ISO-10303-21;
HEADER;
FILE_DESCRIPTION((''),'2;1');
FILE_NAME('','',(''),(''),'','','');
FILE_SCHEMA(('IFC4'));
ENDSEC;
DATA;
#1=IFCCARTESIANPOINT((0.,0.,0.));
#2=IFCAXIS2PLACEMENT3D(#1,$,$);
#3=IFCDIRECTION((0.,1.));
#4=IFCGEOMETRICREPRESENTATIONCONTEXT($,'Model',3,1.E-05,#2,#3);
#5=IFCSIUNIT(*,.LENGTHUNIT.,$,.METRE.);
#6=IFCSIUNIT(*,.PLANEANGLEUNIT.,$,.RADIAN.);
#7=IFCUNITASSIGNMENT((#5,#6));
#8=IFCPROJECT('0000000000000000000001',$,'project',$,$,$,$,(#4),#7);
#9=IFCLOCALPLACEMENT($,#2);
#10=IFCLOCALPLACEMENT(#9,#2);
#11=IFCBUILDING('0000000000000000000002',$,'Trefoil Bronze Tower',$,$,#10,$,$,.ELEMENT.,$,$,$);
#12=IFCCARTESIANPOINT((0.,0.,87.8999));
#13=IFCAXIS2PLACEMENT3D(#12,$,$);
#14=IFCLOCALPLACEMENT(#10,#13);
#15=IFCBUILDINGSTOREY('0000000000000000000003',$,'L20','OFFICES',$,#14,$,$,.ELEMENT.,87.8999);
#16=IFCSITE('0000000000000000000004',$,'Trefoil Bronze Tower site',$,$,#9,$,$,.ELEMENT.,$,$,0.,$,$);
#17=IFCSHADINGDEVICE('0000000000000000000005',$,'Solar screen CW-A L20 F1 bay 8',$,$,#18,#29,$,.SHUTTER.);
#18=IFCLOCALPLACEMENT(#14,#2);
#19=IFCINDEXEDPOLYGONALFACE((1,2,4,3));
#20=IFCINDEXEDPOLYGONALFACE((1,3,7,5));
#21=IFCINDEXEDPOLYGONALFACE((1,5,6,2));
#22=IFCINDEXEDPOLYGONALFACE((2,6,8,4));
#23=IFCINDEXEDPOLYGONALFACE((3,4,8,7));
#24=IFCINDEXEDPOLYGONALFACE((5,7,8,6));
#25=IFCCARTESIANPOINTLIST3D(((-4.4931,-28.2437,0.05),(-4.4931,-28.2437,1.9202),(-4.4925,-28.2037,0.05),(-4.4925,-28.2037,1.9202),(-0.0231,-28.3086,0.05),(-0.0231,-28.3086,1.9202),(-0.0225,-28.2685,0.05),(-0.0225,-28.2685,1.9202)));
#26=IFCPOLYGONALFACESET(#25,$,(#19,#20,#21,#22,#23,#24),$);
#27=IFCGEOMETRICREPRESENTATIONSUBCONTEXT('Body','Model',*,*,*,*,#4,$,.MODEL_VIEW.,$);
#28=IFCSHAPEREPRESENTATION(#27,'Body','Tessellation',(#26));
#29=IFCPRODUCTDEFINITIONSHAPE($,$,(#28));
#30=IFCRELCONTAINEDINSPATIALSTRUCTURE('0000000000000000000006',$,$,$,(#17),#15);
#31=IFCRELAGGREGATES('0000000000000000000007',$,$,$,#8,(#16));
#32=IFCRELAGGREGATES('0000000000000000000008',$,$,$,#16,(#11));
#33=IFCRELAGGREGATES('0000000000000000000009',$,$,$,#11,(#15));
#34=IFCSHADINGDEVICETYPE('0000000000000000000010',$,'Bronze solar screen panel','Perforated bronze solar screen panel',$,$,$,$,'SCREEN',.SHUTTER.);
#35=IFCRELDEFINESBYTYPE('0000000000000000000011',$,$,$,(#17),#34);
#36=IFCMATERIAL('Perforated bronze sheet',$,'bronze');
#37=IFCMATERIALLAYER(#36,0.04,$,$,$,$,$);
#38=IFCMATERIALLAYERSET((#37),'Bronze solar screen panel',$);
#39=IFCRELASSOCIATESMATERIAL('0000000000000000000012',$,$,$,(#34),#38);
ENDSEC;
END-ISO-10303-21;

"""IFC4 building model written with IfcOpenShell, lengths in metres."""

from ifc_helpers import new_model, si_unit, direction, frame, origin, origin_2d, place, context, subcontext, project, spatial, rectangle, extrude, material, layer, layer_set, type_object, element, save


model = new_model("IFC4")

# Units and contexts
model_context = context("Model", 3, precision=1e-05, world=origin(), true_north=direction((0.0, 1.0)))
body_context = subcontext(model_context, "Body", "Model", "MODEL_VIEW")
ifc_project = project(units=[si_unit("LENGTHUNIT", "METRE"), si_unit("PLANEANGLEUNIT", "RADIAN")], contexts=[model_context])

# Site, building, storey
site_placement = place(None, origin())
site = spatial("IfcSite", under=ifc_project, at=site_placement, Name="Trefoil Bronze Tower site", CompositionType="ELEMENT", RefElevation=0.0)
building_placement = place(site_placement, origin())
building = spatial("IfcBuilding", under=site, at=building_placement, Name="Trefoil Bronze Tower", CompositionType="ELEMENT")
storey_placement = place(building_placement, frame((0.0, 0.0, 87.8999)))
storey = spatial("IfcBuildingStorey", under=building, at=storey_placement, Name="L20", Description="OFFICES", CompositionType="ELEMENT", Elevation=87.8999)

# Shading device
ifc_material_1 = material(Name="Perforated bronze sheet", Category="bronze")
ifc_layer_1 = layer(ifc_material_1, 0.04)
ifc_layer_set_1 = layer_set([ifc_layer_1], Name="Bronze solar screen panel")
shading_device_type = type_object("IfcShadingDeviceType", Name="Bronze solar screen panel", Description="Perforated bronze solar screen panel", ElementType="SCREEN", PredefinedType="SHUTTER", material=ifc_layer_set_1)
shading_device_1_placement = place(storey_placement, frame((-2.2578, -28.2561, 0.05), z_axis=(0.0, 0.0, 1.0), x_axis=(0.999895, -0.014509, 0.0)))
element("IfcShadingDevice", 1, at=shading_device_1_placement, inside=storey, type_object=shading_device_type, Name="Solar screen CW-A L20 F1 bay 8", PredefinedType="SHUTTER", context=body_context, shape_type="SweptSolid", body=[
    extrude(rectangle(XDim=4.4705, YDim=0.04, at=origin_2d()), origin(), (0.0, 0.0, 1.0), 1.8701),
])

save(model, "model.ifc")
